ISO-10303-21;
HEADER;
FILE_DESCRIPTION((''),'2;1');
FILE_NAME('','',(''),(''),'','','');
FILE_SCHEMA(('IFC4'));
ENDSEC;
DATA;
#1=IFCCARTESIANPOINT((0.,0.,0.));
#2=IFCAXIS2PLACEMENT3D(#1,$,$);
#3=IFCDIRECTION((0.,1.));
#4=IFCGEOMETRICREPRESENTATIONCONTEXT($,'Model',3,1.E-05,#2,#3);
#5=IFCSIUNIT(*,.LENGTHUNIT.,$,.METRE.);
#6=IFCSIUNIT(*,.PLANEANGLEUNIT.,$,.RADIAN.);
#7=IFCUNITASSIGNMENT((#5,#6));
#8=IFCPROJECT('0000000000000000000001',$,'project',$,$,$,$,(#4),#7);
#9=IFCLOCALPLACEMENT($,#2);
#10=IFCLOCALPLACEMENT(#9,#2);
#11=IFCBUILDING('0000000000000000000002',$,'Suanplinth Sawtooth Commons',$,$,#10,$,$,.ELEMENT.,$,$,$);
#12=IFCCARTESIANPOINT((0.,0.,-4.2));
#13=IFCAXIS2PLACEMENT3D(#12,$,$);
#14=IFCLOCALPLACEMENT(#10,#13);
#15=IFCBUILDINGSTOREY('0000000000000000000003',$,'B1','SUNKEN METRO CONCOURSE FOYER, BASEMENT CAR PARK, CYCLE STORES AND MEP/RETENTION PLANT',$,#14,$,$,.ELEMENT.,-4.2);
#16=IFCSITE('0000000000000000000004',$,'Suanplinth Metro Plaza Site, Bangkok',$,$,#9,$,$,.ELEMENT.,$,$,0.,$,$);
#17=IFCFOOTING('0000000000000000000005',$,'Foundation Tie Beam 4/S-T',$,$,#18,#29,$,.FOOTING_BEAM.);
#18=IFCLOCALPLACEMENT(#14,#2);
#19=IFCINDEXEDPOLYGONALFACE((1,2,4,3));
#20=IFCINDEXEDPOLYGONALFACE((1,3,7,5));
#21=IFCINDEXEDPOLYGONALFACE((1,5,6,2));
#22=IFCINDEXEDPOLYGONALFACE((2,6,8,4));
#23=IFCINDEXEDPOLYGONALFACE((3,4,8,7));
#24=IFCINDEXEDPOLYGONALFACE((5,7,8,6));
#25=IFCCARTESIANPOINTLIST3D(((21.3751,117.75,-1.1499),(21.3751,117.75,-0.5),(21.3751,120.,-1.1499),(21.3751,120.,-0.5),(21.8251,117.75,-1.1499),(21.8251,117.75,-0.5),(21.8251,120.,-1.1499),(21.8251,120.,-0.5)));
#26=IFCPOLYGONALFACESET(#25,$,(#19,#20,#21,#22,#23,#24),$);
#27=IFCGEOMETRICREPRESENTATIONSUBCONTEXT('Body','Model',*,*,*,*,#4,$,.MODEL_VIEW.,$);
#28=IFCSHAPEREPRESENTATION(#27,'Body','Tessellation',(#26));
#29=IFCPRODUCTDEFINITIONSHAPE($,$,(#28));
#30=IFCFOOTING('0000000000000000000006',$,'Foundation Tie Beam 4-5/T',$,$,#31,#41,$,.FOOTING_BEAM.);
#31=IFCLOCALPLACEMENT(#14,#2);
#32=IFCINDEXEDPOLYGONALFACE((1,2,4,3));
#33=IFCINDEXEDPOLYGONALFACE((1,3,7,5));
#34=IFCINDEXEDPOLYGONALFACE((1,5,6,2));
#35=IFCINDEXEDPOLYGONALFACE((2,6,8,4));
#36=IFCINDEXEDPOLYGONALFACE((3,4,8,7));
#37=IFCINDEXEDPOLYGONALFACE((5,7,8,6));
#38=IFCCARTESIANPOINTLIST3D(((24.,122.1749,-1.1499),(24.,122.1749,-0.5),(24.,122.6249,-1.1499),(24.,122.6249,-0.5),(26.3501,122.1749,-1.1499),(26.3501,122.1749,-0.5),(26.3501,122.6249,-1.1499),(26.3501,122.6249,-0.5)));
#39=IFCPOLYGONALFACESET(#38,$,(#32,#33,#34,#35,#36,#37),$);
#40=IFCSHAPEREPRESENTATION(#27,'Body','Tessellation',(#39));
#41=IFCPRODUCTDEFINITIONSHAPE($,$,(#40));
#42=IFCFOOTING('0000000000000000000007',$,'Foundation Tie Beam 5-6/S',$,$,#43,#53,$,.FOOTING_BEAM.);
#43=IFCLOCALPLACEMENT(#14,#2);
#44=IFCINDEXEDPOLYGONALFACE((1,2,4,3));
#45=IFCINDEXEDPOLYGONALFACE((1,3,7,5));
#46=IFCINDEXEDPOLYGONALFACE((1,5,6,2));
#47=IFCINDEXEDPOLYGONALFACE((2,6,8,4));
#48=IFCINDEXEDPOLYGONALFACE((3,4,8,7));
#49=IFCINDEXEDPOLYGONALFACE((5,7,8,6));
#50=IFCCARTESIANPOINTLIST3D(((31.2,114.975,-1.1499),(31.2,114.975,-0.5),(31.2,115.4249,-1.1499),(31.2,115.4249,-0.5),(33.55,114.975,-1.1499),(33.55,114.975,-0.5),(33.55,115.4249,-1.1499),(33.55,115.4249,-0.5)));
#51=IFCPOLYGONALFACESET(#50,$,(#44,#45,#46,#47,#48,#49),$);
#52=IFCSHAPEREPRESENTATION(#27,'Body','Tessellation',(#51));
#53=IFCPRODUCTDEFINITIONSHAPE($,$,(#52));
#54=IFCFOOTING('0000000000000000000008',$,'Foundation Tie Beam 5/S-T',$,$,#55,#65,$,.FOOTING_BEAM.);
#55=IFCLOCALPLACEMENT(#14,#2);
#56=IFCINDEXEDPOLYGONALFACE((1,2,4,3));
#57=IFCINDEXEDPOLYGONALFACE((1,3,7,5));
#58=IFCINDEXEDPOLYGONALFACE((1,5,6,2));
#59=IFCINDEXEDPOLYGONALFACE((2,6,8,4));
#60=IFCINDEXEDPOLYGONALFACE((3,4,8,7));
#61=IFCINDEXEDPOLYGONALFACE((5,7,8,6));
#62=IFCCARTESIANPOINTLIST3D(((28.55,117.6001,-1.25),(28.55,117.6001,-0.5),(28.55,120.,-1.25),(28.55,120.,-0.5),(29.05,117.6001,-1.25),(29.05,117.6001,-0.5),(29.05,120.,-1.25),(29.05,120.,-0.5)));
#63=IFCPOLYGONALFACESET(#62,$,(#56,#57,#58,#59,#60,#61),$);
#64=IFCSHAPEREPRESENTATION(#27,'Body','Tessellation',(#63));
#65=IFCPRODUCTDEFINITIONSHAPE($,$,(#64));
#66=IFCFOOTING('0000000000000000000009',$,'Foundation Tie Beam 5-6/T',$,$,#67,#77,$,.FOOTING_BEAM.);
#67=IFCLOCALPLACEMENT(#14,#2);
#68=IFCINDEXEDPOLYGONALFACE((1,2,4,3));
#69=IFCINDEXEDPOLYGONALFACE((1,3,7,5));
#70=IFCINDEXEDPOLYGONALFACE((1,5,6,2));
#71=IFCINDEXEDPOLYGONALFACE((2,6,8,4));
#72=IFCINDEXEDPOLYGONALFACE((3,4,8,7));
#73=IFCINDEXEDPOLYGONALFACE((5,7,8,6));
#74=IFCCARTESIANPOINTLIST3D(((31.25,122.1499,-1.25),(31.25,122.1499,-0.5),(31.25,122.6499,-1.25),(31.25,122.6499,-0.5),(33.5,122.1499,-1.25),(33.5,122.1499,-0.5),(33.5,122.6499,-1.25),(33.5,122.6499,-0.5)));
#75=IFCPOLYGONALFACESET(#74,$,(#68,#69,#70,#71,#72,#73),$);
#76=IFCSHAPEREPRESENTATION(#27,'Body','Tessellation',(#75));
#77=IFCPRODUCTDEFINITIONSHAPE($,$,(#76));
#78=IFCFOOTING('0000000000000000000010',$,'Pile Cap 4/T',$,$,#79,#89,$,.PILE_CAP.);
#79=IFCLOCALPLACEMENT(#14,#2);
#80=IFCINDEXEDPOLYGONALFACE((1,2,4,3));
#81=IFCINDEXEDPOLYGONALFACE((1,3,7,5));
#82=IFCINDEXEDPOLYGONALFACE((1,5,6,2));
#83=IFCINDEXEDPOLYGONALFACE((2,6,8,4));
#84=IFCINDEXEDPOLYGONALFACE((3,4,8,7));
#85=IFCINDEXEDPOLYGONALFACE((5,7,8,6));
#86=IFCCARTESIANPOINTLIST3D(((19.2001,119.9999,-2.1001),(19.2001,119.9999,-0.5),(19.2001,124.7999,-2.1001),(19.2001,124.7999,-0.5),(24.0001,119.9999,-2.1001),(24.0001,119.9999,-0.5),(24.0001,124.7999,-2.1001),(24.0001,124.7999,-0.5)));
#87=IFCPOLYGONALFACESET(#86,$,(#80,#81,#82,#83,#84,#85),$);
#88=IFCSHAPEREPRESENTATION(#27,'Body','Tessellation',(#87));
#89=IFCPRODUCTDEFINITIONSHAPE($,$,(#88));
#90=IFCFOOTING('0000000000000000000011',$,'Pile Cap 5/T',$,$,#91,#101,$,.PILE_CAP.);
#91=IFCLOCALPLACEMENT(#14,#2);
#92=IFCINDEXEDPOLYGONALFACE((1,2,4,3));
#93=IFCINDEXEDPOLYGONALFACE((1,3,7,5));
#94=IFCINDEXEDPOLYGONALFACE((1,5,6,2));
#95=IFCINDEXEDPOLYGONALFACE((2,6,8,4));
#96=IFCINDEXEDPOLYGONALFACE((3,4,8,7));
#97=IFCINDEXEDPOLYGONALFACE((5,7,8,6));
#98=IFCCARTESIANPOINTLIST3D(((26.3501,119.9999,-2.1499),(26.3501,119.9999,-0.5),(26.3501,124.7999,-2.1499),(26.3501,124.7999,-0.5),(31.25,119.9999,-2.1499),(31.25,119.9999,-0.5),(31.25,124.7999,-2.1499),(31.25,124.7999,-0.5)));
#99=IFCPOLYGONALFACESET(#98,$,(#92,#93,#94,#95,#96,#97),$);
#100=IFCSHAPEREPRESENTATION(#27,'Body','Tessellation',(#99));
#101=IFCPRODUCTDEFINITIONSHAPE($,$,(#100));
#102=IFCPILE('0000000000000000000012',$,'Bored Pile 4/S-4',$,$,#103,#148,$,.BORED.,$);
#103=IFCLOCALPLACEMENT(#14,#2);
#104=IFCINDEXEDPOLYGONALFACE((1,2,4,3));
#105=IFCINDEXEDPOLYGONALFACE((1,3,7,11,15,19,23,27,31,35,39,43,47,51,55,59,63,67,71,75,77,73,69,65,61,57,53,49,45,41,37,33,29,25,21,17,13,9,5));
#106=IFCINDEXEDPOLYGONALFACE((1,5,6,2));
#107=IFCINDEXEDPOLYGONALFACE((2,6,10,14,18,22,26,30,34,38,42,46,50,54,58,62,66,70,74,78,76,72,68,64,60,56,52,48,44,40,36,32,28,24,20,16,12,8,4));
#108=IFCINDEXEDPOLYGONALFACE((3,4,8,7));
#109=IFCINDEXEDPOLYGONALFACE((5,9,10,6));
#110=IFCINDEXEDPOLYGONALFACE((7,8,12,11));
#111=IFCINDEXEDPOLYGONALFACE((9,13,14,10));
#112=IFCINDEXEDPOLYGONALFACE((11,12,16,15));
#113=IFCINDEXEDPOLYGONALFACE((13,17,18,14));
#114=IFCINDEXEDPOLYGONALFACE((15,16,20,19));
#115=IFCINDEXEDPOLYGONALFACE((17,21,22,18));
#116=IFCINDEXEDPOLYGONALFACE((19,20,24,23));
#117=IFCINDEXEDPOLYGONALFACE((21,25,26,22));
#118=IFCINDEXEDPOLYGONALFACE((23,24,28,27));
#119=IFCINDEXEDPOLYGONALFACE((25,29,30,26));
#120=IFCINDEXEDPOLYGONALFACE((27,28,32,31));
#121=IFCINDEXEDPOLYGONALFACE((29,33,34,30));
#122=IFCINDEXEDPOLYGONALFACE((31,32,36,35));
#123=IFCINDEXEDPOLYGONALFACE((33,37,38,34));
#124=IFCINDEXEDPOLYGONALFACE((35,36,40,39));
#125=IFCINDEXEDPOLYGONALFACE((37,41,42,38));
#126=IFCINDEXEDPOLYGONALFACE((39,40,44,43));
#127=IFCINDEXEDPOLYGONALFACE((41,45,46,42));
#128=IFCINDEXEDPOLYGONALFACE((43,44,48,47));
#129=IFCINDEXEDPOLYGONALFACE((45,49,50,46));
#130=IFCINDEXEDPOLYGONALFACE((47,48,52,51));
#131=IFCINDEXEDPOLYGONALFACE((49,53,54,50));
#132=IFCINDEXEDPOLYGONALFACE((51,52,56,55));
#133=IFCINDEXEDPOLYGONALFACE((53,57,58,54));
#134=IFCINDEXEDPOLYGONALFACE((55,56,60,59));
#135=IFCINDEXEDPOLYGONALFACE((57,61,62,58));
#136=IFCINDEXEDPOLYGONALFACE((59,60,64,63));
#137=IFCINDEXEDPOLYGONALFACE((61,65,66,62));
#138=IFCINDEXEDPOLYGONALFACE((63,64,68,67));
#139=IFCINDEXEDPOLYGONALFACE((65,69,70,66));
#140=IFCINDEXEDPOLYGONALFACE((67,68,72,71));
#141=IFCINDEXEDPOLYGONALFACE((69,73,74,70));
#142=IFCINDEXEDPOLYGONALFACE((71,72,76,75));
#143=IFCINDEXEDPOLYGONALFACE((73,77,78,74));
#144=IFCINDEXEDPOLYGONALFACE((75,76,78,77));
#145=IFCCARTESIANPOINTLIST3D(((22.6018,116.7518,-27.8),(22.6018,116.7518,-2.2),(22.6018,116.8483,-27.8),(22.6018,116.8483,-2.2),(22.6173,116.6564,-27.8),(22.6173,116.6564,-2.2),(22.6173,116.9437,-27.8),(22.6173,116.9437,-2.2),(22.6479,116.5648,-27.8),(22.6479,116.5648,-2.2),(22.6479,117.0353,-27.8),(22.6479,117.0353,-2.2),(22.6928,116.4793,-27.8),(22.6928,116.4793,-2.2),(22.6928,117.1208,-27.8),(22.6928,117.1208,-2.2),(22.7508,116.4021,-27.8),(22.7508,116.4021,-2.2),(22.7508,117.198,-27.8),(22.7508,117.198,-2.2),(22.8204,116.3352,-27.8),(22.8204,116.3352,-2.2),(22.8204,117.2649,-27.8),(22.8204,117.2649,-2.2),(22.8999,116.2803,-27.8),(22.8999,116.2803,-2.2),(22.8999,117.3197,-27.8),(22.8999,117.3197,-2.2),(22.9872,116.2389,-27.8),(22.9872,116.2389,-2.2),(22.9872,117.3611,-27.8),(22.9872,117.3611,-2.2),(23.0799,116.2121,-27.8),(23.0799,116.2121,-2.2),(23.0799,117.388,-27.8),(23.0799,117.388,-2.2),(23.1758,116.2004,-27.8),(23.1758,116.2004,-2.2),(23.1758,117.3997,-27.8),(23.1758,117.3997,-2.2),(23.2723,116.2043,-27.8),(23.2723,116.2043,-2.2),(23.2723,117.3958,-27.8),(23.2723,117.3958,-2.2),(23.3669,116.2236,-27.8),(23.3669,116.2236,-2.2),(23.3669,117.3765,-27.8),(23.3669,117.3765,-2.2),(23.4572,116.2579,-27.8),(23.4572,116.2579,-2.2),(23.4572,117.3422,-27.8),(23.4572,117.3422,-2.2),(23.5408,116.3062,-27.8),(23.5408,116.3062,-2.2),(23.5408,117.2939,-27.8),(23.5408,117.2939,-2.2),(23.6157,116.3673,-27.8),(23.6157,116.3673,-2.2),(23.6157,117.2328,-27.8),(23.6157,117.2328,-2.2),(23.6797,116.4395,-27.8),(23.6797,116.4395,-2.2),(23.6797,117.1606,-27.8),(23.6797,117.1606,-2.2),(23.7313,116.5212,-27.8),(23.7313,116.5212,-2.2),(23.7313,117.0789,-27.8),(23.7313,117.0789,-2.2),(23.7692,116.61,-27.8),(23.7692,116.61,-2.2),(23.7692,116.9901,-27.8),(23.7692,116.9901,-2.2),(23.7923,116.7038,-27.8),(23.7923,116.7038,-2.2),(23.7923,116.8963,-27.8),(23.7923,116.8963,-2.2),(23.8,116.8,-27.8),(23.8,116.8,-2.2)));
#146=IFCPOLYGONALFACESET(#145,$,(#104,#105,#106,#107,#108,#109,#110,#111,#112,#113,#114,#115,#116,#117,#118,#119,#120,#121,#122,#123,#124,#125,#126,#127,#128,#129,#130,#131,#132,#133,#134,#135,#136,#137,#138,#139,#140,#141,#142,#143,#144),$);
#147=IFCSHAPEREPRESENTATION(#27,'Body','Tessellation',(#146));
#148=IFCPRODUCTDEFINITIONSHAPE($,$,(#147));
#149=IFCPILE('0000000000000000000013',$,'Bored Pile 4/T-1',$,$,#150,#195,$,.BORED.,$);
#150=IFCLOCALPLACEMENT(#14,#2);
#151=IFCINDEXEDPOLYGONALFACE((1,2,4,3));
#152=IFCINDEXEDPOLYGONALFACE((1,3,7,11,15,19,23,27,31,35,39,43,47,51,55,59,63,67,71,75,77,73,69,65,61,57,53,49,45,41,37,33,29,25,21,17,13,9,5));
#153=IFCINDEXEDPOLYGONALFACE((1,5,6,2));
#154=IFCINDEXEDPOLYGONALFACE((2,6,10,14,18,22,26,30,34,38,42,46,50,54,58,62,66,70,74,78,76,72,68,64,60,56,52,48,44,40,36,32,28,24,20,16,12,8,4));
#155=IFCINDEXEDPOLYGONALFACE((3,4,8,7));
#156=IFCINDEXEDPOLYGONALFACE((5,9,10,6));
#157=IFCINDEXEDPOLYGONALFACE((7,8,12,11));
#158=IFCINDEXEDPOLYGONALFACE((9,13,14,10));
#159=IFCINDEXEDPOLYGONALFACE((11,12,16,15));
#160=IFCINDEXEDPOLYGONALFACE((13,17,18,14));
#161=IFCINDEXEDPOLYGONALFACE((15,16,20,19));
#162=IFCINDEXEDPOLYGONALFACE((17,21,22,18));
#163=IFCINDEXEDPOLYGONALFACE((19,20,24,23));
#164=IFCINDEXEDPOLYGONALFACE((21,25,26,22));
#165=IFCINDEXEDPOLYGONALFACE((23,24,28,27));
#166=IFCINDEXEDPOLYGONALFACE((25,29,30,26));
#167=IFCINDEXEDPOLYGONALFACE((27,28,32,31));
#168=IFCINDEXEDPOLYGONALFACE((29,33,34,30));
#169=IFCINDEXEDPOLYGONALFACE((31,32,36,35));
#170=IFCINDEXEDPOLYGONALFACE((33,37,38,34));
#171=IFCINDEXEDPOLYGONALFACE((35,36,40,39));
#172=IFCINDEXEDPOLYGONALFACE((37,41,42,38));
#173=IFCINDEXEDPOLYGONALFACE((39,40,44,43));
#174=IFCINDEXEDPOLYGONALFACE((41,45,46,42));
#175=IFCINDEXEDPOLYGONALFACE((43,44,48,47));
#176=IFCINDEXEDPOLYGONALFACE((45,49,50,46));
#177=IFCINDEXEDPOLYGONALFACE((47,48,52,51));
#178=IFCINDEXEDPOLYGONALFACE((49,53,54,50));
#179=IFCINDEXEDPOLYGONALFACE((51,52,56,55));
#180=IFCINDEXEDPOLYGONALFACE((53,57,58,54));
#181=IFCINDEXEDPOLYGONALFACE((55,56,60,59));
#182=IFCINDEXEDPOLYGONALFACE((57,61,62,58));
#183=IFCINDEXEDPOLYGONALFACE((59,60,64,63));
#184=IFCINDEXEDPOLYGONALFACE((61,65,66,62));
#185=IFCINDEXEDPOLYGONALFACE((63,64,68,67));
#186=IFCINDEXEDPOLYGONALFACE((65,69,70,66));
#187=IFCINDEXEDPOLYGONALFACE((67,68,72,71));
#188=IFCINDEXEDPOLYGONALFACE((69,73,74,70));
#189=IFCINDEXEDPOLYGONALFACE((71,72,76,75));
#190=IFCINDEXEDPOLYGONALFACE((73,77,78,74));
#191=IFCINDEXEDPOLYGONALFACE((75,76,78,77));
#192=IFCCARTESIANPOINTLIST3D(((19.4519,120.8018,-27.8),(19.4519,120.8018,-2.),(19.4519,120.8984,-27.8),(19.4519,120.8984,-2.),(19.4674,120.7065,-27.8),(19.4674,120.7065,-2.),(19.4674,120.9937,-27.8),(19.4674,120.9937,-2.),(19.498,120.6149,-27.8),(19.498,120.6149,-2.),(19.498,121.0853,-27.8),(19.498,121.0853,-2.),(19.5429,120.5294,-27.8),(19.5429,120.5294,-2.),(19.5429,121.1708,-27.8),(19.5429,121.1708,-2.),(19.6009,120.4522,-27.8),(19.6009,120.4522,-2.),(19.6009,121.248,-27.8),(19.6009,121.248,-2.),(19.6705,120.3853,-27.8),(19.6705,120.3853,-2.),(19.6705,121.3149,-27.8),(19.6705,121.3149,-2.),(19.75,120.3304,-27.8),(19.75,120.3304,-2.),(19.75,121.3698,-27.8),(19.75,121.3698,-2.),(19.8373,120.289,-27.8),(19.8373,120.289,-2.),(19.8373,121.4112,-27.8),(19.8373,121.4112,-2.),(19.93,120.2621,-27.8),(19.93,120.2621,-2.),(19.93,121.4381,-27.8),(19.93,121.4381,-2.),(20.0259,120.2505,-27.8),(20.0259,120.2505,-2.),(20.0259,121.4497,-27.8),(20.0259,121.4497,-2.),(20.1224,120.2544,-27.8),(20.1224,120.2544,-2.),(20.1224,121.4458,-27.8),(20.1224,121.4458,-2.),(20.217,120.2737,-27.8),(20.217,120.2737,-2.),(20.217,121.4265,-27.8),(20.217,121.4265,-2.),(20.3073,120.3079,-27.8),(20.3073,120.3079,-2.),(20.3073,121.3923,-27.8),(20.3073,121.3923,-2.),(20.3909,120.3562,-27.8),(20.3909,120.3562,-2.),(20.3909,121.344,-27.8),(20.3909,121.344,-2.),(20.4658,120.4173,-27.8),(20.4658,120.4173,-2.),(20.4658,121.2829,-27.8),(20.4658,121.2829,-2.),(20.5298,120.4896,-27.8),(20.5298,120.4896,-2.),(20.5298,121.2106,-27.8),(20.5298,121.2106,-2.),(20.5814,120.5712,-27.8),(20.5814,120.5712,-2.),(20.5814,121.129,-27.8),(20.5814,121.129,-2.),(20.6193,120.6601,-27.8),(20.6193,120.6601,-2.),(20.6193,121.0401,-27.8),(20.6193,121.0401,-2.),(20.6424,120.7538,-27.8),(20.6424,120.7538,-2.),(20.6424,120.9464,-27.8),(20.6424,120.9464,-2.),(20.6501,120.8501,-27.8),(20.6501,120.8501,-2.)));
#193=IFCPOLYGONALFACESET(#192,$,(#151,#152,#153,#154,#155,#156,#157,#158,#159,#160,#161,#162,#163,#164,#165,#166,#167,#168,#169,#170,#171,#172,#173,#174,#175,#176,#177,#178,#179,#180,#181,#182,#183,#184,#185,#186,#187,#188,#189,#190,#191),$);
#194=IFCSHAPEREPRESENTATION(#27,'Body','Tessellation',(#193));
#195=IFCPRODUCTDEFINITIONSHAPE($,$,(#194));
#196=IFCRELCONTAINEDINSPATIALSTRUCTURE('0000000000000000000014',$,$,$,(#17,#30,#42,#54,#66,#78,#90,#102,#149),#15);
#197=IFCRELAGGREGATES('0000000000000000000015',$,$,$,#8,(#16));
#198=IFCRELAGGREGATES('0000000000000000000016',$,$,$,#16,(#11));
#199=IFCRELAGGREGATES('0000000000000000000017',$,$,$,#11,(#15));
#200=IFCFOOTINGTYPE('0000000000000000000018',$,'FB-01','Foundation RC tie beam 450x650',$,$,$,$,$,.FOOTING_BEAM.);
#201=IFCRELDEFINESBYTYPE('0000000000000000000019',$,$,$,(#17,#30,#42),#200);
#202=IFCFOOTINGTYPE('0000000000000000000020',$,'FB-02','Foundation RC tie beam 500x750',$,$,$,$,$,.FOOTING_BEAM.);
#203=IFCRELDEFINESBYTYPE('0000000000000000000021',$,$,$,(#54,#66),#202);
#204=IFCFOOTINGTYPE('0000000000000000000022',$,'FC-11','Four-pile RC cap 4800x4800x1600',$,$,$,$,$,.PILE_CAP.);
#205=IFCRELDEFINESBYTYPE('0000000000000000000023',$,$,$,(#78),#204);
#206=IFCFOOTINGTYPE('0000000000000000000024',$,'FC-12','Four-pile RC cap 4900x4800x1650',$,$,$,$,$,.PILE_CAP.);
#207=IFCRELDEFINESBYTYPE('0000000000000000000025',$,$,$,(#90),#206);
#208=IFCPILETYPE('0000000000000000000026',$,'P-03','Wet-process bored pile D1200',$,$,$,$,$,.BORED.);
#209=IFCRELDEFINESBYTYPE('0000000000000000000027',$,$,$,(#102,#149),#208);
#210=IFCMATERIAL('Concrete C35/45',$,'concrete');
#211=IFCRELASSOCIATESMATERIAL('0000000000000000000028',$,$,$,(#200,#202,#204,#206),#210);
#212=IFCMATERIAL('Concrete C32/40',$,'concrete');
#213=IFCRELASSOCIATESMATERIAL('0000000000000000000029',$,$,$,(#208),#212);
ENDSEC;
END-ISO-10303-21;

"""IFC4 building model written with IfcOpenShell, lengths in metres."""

from ifc_helpers import new_model, si_unit, direction, frame, origin, origin_2d, place, context, subcontext, project, spatial, rectangle, circle, extrude, material, material_profile, profile_set, type_object, element, save


model = new_model("IFC4")

# Units and contexts
model_context = context("Model", 3, precision=1e-05, world=origin(), true_north=direction((0.0, 1.0)))
body_context = subcontext(model_context, "Body", "Model", "MODEL_VIEW")
ifc_project = project(units=[si_unit("LENGTHUNIT", "METRE"), si_unit("PLANEANGLEUNIT", "RADIAN")], contexts=[model_context])

# Site, building, storey
site_placement = place(None, origin())
site = spatial("IfcSite", under=ifc_project, at=site_placement, Name="Suanplinth Metro Plaza Site, Bangkok", CompositionType="ELEMENT", RefElevation=0.0)
building_placement = place(site_placement, origin())
building = spatial("IfcBuilding", under=site, at=building_placement, Name="Suanplinth Sawtooth Commons", CompositionType="ELEMENT")
storey_placement = place(building_placement, frame((0.0, 0.0, -4.2)))
storey = spatial("IfcBuildingStorey", under=building, at=storey_placement, Name="B1", Description="SUNKEN METRO CONCOURSE FOYER, BASEMENT CAR PARK, CYCLE STORES AND MEP/RETENTION PLANT", CompositionType="ELEMENT", Elevation=-4.2)

# Footings
ifc_material_1 = material(Name="Concrete C35/45", Category="concrete")
ifc_material_profile_1 = material_profile(ifc_material_1, rectangle(XDim=0.45, YDim=0.6499, at=origin_2d()), Name="PC-GDR 450x650")
ifc_profile_set_1 = profile_set([ifc_material_profile_1], Name="Concrete C35/45")
footing_type_1 = type_object("IfcFootingType", Name="FB-01", Description="Foundation RC tie beam 450x650", PredefinedType="FOOTING_BEAM", material=ifc_profile_set_1)
footing_1_placement = place(storey_placement, frame((21.6001, 117.75, -0.825), z_axis=(0.0, 1.0, 0.0), x_axis=(-1.0, 0.0, 0.0)))
element("IfcFooting", 1, at=footing_1_placement, inside=storey, type_object=footing_type_1, Name="Foundation Tie Beam 4/S-T", PredefinedType="FOOTING_BEAM", context=body_context, shape_type="SweptSolid", body=[
    extrude(rectangle(XDim=0.45, YDim=0.6499, at=origin_2d()), origin(), (0.0, 0.0, 1.0), 2.25),
])
for number, where, z_axis, x_axis, name in (
    (2, (24.0, 122.3999, -0.825), (1.0, 0.0, 0.0), (0.0, 1.0, 0.0), "Foundation Tie Beam 4-5/T"),
    (3, (31.2, 115.2, -0.825), (1.0, 0.0, 0.0), (0.0, 1.0, 0.0), "Foundation Tie Beam 5-6/S"),
):
    element("IfcFooting", number, at=place(storey_placement, frame(where, z_axis=z_axis, x_axis=x_axis)), inside=storey, type_object=footing_type_1, Name=name, PredefinedType="FOOTING_BEAM", context=body_context, shape_type="SweptSolid", body=[
        extrude(rectangle(XDim=0.45, YDim=0.6499, at=origin_2d()), origin(), (0.0, 0.0, 1.0), 2.3501),
    ])
ifc_material_profile_2 = material_profile(ifc_material_1, rectangle(XDim=0.5, YDim=0.75, at=origin_2d()), Name="RC-GDR 500x750")
ifc_profile_set_2 = profile_set([ifc_material_profile_2], Name="Concrete C35/45")
footing_type_2 = type_object("IfcFootingType", Name="FB-02", Description="Foundation RC tie beam 500x750", PredefinedType="FOOTING_BEAM", material=ifc_profile_set_2)
footing_2_placement = place(storey_placement, frame((28.8, 117.6001, -0.875), z_axis=(0.0, 1.0, 0.0), x_axis=(-1.0, 0.0, 0.0)))
element("IfcFooting", 4, at=footing_2_placement, inside=storey, type_object=footing_type_2, Name="Foundation Tie Beam 5/S-T", PredefinedType="FOOTING_BEAM", context=body_context, shape_type="SweptSolid", body=[
    extrude(rectangle(XDim=0.5, YDim=0.75, at=origin_2d()), origin(), (0.0, 0.0, 1.0), 2.3999),
])
footing_3_placement = place(storey_placement, frame((31.25, 122.3999, -0.875), z_axis=(1.0, 0.0, 0.0), x_axis=(0.0, 1.0, 0.0)))
element("IfcFooting", 5, at=footing_3_placement, inside=storey, type_object=footing_type_2, Name="Foundation Tie Beam 5-6/T", PredefinedType="FOOTING_BEAM", context=body_context, shape_type="SweptSolid", body=[
    extrude(rectangle(XDim=0.5, YDim=0.75, at=origin_2d()), origin(), (0.0, 0.0, 1.0), 2.25),
])
footing_type_3 = type_object("IfcFootingType", Name="FC-11", Description="Four-pile RC cap 4800x4800x1600", PredefinedType="PILE_CAP", material=ifc_material_1)
footing_4_placement = place(storey_placement, frame((21.6001, 122.3999, -2.1001), z_axis=(0.0, 0.0, 1.0), x_axis=(1.0, 0.0, 0.0)))
element("IfcFooting", 6, at=footing_4_placement, inside=storey, type_object=footing_type_3, Name="Pile Cap 4/T", PredefinedType="PILE_CAP", context=body_context, shape_type="SweptSolid", body=[
    extrude(rectangle(XDim=4.8, YDim=4.8, at=origin_2d()), origin(), (0.0, 0.0, 1.0), 1.6001),
])
footing_type_4 = type_object("IfcFootingType", Name="FC-12", Description="Four-pile RC cap 4900x4800x1650", PredefinedType="PILE_CAP", material=ifc_material_1)
footing_5_placement = place(storey_placement, frame((28.8, 122.3999, -2.1499), z_axis=(0.0, 0.0, 1.0), x_axis=(1.0, 0.0, 0.0)))
element("IfcFooting", 7, at=footing_5_placement, inside=storey, type_object=footing_type_4, Name="Pile Cap 5/T", PredefinedType="PILE_CAP", context=body_context, shape_type="SweptSolid", body=[
    extrude(rectangle(XDim=4.8999, YDim=4.8, at=origin_2d()), origin(), (0.0, 0.0, 1.0), 1.6499),
])

# Piles
ifc_material_2 = material(Name="Concrete C32/40", Category="concrete")
ifc_material_profile_3 = material_profile(ifc_material_2, circle(Radius=0.6001, at=origin_2d()), Name="PILE D1200")
ifc_profile_set_3 = profile_set([ifc_material_profile_3], Name="Concrete C32/40")
pile_type = type_object("IfcPileType", Name="P-03", Description="Wet-process bored pile D1200", PredefinedType="BORED", material=ifc_profile_set_3)
pile_placement = place(storey_placement, frame((23.2, 116.8, -2.2), z_axis=(0.0, 0.0, -1.0), x_axis=(1.0, 0.0, 0.0)))
element("IfcPile", 8, at=pile_placement, inside=storey, type_object=pile_type, Name="Bored Pile 4/S-4", PredefinedType="BORED", context=body_context, shape_type="SweptSolid", body=[
    extrude(circle(Radius=0.6001, at=origin_2d()), origin(), (0.0, 0.0, 1.0), 25.6001),
])
for number, where, z_axis, x_axis, name in (
    (9, (20.05, 120.8501, -2.0), (0.0, 0.0, -1.0), (1.0, 0.0, 0.0), "Bored Pile 4/T-1"),
):
    element("IfcPile", number, at=place(storey_placement, frame(where, z_axis=z_axis, x_axis=x_axis)), inside=storey, type_object=pile_type, Name=name, PredefinedType="BORED", context=body_context, shape_type="SweptSolid", body=[
        extrude(circle(Radius=0.6001, at=origin_2d()), origin(), (0.0, 0.0, 1.0), 25.8),
    ])

save(model, "model.ifc")
